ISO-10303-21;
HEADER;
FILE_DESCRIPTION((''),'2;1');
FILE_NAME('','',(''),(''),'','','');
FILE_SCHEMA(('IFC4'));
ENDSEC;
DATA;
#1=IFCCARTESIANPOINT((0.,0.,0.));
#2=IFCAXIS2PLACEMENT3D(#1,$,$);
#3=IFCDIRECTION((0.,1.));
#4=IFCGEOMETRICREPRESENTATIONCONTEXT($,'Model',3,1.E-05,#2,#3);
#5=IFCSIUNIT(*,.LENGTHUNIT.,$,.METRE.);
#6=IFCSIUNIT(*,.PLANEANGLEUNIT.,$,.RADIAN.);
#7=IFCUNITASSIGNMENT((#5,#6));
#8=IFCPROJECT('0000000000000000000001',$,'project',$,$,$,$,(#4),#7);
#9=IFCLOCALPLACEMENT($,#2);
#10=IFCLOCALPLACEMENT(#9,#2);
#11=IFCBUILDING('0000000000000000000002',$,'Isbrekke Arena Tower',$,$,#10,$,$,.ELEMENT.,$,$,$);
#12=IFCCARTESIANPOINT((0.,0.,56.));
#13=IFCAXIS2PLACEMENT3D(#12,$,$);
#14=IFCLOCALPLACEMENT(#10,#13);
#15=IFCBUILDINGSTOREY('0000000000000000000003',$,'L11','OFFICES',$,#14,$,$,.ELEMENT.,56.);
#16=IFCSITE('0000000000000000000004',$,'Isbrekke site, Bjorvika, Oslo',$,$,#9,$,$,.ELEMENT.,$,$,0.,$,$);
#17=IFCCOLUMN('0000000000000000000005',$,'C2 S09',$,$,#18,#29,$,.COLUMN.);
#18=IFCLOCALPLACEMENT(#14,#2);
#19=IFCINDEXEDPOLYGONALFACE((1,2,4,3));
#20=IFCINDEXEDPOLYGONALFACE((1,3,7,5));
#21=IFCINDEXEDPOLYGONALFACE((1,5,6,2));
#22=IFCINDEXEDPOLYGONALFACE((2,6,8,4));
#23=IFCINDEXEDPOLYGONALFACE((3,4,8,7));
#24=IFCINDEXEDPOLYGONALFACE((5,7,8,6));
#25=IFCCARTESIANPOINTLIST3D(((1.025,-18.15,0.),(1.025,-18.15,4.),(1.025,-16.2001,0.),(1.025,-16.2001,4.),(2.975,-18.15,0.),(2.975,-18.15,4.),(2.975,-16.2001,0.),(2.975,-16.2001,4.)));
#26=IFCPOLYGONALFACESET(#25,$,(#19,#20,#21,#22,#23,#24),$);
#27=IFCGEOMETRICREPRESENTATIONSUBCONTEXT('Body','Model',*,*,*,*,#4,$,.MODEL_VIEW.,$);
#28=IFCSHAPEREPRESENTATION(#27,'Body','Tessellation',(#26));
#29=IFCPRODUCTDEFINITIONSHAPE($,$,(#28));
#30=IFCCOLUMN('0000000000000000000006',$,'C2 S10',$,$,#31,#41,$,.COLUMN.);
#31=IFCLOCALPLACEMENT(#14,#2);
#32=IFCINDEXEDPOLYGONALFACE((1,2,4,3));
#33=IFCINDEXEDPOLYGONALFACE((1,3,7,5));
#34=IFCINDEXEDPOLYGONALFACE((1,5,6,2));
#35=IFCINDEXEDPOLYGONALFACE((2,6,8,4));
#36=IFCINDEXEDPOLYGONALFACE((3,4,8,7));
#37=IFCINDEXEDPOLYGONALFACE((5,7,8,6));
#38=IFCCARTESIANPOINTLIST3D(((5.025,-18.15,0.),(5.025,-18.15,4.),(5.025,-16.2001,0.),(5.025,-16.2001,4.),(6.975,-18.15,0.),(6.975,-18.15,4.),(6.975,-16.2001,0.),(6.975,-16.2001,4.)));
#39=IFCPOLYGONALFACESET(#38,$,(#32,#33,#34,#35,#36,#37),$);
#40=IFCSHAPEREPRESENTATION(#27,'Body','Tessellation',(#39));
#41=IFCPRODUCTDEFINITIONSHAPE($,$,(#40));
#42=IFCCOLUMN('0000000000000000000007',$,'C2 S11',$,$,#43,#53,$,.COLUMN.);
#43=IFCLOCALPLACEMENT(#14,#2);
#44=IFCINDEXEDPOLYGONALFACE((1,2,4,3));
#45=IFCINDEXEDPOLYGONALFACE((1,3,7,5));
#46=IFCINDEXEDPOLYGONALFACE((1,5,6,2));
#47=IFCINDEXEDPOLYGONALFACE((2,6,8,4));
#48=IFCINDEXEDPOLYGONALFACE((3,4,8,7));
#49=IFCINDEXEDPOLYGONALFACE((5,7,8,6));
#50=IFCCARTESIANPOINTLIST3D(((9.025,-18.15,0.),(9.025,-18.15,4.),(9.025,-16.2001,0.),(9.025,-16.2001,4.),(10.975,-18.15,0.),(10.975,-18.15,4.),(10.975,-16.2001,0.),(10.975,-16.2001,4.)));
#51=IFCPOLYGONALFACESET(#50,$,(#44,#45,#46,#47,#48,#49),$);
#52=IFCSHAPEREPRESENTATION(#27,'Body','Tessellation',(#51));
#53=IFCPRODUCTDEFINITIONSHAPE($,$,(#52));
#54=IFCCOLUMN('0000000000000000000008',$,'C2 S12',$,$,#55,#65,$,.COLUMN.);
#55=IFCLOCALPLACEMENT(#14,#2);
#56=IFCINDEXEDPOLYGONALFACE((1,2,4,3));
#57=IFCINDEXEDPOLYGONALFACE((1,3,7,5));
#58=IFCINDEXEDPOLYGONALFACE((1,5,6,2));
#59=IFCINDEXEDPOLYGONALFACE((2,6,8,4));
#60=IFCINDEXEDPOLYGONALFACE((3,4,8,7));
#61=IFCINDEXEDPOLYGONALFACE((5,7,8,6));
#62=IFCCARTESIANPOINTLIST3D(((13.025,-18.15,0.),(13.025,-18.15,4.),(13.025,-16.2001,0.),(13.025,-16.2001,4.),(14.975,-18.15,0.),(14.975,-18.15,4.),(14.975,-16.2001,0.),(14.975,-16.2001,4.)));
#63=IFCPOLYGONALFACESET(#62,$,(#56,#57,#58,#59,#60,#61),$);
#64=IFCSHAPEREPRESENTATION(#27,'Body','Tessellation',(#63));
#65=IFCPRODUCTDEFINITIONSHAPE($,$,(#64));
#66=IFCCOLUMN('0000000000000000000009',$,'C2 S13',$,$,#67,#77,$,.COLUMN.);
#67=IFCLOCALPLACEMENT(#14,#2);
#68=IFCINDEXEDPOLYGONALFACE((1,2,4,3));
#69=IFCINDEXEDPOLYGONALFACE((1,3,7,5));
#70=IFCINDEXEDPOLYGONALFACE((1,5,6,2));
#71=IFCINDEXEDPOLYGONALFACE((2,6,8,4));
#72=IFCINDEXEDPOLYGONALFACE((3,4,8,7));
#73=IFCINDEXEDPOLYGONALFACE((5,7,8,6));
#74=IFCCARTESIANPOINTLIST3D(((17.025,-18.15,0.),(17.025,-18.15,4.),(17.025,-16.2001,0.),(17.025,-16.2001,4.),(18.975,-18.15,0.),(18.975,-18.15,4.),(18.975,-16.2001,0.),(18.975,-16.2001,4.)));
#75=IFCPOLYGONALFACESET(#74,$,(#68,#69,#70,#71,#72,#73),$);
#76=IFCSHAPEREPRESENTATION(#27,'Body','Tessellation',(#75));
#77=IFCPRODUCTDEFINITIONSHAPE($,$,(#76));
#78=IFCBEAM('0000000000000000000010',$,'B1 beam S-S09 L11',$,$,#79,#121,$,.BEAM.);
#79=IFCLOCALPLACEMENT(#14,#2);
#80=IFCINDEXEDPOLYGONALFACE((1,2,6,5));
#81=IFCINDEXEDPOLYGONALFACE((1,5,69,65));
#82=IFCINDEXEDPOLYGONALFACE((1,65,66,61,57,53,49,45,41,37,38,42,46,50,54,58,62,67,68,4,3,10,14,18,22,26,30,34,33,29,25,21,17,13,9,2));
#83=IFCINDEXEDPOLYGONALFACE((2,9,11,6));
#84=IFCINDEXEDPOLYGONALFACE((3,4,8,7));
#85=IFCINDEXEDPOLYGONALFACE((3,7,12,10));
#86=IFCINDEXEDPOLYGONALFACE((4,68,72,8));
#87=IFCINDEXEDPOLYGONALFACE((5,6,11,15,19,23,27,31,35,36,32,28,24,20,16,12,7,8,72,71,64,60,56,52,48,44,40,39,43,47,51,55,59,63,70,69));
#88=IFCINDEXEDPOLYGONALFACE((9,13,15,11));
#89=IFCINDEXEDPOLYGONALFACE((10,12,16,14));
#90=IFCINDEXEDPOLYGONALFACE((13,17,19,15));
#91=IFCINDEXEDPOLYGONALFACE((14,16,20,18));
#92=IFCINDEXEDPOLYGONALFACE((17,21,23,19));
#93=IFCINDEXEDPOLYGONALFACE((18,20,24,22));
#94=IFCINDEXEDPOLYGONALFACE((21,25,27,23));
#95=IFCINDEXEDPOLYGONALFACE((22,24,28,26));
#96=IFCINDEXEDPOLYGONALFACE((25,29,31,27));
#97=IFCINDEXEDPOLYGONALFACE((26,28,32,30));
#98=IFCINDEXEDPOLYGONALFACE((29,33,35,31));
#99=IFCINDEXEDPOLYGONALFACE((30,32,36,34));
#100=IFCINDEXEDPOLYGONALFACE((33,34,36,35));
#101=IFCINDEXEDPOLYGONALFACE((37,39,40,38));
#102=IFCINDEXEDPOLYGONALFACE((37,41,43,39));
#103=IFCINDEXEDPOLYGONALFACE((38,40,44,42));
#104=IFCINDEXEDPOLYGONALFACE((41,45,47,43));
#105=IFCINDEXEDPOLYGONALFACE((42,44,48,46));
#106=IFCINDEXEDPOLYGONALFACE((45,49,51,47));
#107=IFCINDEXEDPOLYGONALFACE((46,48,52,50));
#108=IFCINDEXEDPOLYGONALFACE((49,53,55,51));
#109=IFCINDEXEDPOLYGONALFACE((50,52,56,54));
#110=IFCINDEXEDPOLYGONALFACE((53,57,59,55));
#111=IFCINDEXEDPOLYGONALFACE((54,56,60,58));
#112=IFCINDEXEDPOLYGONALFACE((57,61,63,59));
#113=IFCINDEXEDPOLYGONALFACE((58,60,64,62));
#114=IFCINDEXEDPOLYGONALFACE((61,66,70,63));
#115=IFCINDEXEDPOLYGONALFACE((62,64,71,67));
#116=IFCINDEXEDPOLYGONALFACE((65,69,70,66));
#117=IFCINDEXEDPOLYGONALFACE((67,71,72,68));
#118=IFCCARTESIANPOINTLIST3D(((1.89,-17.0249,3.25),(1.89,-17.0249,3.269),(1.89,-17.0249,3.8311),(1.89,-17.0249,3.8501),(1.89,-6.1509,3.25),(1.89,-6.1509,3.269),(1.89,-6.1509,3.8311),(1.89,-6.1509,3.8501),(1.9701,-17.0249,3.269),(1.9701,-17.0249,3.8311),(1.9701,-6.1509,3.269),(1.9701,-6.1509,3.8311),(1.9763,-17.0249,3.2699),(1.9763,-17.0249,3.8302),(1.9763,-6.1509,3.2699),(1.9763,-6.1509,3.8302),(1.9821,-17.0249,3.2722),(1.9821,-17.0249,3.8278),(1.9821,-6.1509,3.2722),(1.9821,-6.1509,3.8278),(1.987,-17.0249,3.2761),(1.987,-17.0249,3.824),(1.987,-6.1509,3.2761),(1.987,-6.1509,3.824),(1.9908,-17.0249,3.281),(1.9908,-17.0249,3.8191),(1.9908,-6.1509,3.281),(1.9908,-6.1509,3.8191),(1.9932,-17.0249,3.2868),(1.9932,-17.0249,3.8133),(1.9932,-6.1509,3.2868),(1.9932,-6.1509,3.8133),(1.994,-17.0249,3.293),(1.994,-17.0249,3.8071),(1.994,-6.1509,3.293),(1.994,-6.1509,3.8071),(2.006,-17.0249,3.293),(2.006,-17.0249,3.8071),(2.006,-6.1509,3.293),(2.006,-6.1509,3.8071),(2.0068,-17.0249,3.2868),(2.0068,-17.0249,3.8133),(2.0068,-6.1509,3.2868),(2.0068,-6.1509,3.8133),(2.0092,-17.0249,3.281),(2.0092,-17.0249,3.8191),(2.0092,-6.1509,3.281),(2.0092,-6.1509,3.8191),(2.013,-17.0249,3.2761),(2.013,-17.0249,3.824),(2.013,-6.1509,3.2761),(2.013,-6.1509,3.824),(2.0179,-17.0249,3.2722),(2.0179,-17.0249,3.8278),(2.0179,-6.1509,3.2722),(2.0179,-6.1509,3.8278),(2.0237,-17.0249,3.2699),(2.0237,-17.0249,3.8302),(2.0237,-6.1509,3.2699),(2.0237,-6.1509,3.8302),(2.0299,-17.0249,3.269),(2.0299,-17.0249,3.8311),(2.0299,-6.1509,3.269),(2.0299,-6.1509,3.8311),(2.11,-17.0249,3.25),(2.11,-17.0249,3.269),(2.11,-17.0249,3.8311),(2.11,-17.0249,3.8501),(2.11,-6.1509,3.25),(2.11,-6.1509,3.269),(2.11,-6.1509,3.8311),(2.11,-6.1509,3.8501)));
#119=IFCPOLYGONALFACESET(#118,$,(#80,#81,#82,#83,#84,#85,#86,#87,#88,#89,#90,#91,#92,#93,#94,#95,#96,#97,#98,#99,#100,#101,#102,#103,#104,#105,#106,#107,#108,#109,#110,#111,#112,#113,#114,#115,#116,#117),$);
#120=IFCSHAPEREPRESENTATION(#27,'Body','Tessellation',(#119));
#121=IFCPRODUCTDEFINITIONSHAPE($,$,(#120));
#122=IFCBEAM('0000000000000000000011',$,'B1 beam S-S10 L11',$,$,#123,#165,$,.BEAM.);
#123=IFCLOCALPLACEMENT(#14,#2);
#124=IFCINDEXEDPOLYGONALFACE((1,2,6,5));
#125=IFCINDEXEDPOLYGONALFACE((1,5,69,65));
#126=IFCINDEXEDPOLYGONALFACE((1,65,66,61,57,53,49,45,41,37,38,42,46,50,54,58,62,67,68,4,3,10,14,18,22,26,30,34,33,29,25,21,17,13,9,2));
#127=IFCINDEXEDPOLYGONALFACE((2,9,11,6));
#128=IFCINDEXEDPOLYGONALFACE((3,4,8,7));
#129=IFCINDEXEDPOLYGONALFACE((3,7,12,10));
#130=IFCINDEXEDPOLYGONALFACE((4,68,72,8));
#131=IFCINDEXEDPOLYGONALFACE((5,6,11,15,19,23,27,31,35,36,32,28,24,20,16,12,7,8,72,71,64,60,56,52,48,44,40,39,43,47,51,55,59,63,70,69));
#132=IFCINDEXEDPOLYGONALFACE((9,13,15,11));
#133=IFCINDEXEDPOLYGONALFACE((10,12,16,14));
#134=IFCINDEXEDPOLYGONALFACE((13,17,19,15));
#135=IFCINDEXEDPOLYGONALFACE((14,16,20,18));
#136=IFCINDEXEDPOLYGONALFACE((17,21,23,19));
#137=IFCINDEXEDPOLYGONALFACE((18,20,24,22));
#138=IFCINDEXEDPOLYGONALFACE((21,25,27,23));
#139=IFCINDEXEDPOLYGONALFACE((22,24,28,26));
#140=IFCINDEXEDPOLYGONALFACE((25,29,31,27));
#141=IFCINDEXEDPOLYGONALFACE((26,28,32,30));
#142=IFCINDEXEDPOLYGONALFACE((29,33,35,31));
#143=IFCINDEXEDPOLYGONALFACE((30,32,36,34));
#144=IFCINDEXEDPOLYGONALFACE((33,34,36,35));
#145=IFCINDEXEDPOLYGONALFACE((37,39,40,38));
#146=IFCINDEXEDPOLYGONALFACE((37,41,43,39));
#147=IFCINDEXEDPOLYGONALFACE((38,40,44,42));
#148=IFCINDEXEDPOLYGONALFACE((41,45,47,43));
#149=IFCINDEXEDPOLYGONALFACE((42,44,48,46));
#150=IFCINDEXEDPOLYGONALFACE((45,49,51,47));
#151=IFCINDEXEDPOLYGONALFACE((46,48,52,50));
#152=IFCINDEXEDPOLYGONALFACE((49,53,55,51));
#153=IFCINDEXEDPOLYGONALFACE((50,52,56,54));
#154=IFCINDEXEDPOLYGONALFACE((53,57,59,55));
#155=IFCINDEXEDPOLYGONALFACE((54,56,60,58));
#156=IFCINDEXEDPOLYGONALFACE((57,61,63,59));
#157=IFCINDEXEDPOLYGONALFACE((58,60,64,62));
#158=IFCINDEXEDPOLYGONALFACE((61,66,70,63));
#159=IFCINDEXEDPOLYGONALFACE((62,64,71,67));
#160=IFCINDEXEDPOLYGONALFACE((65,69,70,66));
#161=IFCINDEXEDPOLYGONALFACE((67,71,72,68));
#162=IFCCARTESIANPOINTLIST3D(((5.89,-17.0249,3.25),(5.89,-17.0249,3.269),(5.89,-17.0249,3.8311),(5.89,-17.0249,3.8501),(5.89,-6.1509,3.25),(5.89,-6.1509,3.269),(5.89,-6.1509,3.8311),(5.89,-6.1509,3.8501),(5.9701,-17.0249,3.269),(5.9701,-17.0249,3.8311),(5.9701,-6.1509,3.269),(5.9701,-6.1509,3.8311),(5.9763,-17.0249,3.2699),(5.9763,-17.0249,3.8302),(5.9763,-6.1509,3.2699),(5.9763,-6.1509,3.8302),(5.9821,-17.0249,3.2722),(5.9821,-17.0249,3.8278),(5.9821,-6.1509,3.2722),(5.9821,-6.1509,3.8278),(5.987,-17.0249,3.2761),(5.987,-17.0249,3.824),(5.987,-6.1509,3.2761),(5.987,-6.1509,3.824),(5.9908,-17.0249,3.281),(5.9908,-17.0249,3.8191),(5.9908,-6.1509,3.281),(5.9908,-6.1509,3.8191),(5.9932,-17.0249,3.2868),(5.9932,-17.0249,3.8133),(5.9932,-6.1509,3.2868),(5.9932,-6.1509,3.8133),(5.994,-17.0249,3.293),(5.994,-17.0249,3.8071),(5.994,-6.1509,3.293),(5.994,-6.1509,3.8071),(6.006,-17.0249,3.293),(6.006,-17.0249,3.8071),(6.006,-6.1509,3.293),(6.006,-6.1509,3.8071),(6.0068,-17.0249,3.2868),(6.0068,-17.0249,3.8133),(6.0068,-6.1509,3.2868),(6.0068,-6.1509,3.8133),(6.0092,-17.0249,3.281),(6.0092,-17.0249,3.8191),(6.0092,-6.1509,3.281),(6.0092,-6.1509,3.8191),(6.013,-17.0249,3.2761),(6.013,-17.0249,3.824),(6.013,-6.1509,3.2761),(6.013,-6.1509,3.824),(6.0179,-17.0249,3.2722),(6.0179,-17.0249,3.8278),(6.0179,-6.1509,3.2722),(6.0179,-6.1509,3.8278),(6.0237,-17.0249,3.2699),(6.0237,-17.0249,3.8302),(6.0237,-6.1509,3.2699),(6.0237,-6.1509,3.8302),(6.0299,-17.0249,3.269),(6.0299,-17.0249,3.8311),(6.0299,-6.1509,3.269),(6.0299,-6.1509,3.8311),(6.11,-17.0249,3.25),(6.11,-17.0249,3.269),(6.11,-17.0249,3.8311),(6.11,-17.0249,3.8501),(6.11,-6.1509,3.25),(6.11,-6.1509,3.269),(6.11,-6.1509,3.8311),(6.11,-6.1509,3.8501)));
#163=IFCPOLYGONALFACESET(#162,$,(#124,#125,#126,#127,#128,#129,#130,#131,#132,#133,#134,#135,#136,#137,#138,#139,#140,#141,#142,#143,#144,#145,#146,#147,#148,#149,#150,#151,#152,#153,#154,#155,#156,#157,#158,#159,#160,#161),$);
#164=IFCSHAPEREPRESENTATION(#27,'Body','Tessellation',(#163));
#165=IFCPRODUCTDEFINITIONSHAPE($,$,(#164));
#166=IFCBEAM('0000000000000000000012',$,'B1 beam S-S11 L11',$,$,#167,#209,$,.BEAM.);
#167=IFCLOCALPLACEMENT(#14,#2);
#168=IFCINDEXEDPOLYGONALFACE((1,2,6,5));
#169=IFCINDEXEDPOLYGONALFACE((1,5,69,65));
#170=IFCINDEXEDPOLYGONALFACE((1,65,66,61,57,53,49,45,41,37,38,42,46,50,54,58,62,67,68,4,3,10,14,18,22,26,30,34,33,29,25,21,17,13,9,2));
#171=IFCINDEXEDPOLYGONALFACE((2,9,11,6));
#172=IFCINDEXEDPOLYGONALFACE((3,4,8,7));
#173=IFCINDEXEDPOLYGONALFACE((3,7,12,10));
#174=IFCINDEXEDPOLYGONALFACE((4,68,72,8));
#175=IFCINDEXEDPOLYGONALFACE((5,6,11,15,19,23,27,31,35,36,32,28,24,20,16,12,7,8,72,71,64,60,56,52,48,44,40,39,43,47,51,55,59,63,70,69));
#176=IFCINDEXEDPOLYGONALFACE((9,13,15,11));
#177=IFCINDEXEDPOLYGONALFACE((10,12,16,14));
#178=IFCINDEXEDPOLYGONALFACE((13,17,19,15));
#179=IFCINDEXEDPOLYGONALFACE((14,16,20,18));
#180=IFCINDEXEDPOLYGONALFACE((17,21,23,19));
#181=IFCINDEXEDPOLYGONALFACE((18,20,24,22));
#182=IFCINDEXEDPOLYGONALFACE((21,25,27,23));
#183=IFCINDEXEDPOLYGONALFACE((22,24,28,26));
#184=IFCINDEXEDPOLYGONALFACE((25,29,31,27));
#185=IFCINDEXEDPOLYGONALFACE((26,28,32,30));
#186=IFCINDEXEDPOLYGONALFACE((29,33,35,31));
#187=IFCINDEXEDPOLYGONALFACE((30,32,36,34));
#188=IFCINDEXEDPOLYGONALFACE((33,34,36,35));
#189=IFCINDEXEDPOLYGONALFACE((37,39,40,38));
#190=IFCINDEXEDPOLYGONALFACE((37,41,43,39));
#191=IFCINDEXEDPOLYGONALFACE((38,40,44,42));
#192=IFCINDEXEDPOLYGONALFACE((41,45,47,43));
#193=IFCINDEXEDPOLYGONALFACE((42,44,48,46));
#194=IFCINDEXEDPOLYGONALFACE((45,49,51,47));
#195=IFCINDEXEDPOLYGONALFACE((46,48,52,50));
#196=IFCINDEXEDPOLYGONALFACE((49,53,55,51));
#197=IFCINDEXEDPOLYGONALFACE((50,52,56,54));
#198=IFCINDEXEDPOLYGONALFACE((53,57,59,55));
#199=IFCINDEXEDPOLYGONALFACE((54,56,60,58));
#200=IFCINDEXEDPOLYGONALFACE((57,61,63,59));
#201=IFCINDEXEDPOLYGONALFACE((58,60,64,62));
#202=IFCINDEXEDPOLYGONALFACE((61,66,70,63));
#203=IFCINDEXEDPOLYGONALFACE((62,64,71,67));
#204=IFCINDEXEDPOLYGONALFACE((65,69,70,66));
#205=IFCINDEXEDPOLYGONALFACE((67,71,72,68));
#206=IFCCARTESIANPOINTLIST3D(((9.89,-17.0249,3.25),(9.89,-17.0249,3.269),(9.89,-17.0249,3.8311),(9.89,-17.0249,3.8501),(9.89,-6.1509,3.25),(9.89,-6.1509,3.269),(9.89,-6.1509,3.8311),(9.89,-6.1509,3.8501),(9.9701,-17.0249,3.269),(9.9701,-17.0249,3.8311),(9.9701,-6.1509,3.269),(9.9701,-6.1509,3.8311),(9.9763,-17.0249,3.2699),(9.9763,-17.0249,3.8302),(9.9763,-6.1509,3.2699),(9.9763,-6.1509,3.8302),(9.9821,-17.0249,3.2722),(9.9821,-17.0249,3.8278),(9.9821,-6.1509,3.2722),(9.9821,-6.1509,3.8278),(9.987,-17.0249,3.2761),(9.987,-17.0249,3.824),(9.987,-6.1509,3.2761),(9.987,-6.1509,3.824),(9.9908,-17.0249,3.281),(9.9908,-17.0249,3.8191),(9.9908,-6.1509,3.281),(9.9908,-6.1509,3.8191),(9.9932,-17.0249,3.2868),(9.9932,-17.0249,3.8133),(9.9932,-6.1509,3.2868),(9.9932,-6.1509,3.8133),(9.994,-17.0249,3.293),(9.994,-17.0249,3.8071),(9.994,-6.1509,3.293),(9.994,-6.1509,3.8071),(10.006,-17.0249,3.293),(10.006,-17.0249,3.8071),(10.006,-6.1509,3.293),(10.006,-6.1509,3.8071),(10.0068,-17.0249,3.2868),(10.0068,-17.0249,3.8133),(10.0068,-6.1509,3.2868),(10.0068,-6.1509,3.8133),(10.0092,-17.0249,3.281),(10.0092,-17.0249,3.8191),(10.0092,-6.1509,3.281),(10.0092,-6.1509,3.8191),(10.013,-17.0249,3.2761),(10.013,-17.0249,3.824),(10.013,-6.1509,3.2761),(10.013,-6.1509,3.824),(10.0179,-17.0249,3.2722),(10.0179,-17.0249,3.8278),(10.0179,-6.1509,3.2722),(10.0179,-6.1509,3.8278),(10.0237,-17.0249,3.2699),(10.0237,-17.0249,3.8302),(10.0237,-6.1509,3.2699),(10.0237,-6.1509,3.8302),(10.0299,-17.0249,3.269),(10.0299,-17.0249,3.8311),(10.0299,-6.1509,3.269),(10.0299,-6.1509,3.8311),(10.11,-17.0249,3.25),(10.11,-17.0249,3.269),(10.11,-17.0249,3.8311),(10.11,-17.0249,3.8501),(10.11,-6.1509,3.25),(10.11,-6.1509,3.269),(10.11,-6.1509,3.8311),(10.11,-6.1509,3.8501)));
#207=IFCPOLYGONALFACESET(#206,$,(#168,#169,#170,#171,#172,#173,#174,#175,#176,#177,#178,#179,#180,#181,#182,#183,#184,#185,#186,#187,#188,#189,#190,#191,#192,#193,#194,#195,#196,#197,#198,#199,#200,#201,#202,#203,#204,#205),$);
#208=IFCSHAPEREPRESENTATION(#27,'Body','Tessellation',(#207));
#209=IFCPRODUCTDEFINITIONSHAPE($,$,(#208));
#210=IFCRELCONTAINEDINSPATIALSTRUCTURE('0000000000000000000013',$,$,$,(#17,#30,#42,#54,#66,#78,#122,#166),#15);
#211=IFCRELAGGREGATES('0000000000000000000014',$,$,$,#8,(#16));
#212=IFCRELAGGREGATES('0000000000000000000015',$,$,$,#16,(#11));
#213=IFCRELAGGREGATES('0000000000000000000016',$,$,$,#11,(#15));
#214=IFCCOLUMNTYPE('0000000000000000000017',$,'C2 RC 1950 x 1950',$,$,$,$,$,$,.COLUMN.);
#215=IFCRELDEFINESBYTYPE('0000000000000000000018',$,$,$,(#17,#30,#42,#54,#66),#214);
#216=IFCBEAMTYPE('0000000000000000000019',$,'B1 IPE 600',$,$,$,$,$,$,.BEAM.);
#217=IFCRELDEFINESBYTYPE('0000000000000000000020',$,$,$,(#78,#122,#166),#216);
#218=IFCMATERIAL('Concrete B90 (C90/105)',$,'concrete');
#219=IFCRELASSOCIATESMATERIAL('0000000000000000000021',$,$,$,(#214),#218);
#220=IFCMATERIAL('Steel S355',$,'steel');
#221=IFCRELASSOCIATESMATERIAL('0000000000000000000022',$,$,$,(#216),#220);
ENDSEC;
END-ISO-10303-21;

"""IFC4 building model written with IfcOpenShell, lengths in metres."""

from ifc_helpers import new_model, si_unit, direction, frame, origin, origin_2d, place, context, subcontext, project, spatial, rectangle, i_section, extrude, material, material_profile, profile_set, type_object, element, save


model = new_model("IFC4")

# Units and contexts
model_context = context("Model", 3, precision=1e-05, world=origin(), true_north=direction((0.0, 1.0)))
body_context = subcontext(model_context, "Body", "Model", "MODEL_VIEW")
ifc_project = project(units=[si_unit("LENGTHUNIT", "METRE"), si_unit("PLANEANGLEUNIT", "RADIAN")], contexts=[model_context])

# Site, building, storey
site_placement = place(None, origin())
site = spatial("IfcSite", under=ifc_project, at=site_placement, Name="Isbrekke site, Bjorvika, Oslo", CompositionType="ELEMENT", RefElevation=0.0)
building_placement = place(site_placement, origin())
building = spatial("IfcBuilding", under=site, at=building_placement, Name="Isbrekke Arena Tower", CompositionType="ELEMENT")
storey_placement = place(building_placement, frame((0.0, 0.0, 56.0)))
storey = spatial("IfcBuildingStorey", under=building, at=storey_placement, Name="L11", Description="OFFICES", CompositionType="ELEMENT", Elevation=56.0)

# Columns
ifc_material_1 = material(Name="Concrete B90 (C90/105)", Category="concrete")
ifc_material_profile_1 = material_profile(ifc_material_1, rectangle(XDim=1.95, YDim=1.95, at=origin_2d()), Name="RC 1950x1950")
ifc_profile_set_1 = profile_set([ifc_material_profile_1], Name="Concrete B90 (C90/105)")
column_type = type_object("IfcColumnType", Name="C2 RC 1950 x 1950", PredefinedType="COLUMN", material=ifc_profile_set_1)
for number, where, z_axis, x_axis, name in (
    (1, (2.0, -17.175, 0.0), (0.0, 0.0, 1.0), (1.0, 0.0, 0.0), "C2 S09"),
    (2, (6.0, -17.175, 0.0), (0.0, 0.0, 1.0), (1.0, 0.0, 0.0), "C2 S10"),
    (3, (10.0, -17.175, 0.0), (0.0, 0.0, 1.0), (1.0, 0.0, 0.0), "C2 S11"),
    (4, (14.0, -17.175, 0.0), (0.0, 0.0, 1.0), (1.0, 0.0, 0.0), "C2 S12"),
    (5, (18.0, -17.175, 0.0), (0.0, 0.0, 1.0), (1.0, 0.0, 0.0), "C2 S13"),
):
    element("IfcColumn", number, at=place(storey_placement, frame(where, z_axis=z_axis, x_axis=x_axis)), inside=storey, type_object=column_type, Name=name, PredefinedType="COLUMN", context=body_context, shape_type="SweptSolid", body=[
        extrude(rectangle(XDim=1.95, YDim=1.95, at=origin_2d()), origin(), (0.0, 0.0, 1.0), 4.0),
    ])

# Beams
ifc_material_2 = material(Name="Steel S355", Category="steel")
ifc_material_profile_2 = material_profile(ifc_material_2, i_section(OverallWidth=0.22, OverallDepth=0.6001, WebThickness=0.012, FlangeThickness=0.019, FilletRadius=0.0239, at=origin_2d()), Name="IPE 600")
ifc_profile_set_2 = profile_set([ifc_material_profile_2], Name="Steel S355")
beam_type_1 = type_object("IfcBeamType", Name="B1 IPE 600", PredefinedType="BEAM", material=ifc_profile_set_2)
for number, where, z_axis, x_axis, name in (
    (6, (2.0, -17.0249, 3.55), (0.0, 1.0, 0.0), (-1.0, 0.0, 0.0), "B1 beam S-S09 L11"),
    (7, (6.0, -17.0249, 3.55), (0.0, 1.0, 0.0), (-1.0, 0.0, 0.0), "B1 beam S-S10 L11"),
    (8, (10.0, -17.0249, 3.55), (0.0, 1.0, 0.0), (-1.0, 0.0, 0.0), "B1 beam S-S11 L11"),
):
    element("IfcBeam", number, at=place(storey_placement, frame(where, z_axis=z_axis, x_axis=x_axis)), inside=storey, type_object=beam_type_1, Name=name, PredefinedType="BEAM", context=body_context, shape_type="SweptSolid", body=[
        extrude(i_section(OverallWidth=0.22, OverallDepth=0.6001, WebThickness=0.012, FlangeThickness=0.019, FilletRadius=0.0239, at=origin_2d()), origin(), (0.0, 0.0, 1.0), 10.874),
    ])

save(model, "model.ifc")
